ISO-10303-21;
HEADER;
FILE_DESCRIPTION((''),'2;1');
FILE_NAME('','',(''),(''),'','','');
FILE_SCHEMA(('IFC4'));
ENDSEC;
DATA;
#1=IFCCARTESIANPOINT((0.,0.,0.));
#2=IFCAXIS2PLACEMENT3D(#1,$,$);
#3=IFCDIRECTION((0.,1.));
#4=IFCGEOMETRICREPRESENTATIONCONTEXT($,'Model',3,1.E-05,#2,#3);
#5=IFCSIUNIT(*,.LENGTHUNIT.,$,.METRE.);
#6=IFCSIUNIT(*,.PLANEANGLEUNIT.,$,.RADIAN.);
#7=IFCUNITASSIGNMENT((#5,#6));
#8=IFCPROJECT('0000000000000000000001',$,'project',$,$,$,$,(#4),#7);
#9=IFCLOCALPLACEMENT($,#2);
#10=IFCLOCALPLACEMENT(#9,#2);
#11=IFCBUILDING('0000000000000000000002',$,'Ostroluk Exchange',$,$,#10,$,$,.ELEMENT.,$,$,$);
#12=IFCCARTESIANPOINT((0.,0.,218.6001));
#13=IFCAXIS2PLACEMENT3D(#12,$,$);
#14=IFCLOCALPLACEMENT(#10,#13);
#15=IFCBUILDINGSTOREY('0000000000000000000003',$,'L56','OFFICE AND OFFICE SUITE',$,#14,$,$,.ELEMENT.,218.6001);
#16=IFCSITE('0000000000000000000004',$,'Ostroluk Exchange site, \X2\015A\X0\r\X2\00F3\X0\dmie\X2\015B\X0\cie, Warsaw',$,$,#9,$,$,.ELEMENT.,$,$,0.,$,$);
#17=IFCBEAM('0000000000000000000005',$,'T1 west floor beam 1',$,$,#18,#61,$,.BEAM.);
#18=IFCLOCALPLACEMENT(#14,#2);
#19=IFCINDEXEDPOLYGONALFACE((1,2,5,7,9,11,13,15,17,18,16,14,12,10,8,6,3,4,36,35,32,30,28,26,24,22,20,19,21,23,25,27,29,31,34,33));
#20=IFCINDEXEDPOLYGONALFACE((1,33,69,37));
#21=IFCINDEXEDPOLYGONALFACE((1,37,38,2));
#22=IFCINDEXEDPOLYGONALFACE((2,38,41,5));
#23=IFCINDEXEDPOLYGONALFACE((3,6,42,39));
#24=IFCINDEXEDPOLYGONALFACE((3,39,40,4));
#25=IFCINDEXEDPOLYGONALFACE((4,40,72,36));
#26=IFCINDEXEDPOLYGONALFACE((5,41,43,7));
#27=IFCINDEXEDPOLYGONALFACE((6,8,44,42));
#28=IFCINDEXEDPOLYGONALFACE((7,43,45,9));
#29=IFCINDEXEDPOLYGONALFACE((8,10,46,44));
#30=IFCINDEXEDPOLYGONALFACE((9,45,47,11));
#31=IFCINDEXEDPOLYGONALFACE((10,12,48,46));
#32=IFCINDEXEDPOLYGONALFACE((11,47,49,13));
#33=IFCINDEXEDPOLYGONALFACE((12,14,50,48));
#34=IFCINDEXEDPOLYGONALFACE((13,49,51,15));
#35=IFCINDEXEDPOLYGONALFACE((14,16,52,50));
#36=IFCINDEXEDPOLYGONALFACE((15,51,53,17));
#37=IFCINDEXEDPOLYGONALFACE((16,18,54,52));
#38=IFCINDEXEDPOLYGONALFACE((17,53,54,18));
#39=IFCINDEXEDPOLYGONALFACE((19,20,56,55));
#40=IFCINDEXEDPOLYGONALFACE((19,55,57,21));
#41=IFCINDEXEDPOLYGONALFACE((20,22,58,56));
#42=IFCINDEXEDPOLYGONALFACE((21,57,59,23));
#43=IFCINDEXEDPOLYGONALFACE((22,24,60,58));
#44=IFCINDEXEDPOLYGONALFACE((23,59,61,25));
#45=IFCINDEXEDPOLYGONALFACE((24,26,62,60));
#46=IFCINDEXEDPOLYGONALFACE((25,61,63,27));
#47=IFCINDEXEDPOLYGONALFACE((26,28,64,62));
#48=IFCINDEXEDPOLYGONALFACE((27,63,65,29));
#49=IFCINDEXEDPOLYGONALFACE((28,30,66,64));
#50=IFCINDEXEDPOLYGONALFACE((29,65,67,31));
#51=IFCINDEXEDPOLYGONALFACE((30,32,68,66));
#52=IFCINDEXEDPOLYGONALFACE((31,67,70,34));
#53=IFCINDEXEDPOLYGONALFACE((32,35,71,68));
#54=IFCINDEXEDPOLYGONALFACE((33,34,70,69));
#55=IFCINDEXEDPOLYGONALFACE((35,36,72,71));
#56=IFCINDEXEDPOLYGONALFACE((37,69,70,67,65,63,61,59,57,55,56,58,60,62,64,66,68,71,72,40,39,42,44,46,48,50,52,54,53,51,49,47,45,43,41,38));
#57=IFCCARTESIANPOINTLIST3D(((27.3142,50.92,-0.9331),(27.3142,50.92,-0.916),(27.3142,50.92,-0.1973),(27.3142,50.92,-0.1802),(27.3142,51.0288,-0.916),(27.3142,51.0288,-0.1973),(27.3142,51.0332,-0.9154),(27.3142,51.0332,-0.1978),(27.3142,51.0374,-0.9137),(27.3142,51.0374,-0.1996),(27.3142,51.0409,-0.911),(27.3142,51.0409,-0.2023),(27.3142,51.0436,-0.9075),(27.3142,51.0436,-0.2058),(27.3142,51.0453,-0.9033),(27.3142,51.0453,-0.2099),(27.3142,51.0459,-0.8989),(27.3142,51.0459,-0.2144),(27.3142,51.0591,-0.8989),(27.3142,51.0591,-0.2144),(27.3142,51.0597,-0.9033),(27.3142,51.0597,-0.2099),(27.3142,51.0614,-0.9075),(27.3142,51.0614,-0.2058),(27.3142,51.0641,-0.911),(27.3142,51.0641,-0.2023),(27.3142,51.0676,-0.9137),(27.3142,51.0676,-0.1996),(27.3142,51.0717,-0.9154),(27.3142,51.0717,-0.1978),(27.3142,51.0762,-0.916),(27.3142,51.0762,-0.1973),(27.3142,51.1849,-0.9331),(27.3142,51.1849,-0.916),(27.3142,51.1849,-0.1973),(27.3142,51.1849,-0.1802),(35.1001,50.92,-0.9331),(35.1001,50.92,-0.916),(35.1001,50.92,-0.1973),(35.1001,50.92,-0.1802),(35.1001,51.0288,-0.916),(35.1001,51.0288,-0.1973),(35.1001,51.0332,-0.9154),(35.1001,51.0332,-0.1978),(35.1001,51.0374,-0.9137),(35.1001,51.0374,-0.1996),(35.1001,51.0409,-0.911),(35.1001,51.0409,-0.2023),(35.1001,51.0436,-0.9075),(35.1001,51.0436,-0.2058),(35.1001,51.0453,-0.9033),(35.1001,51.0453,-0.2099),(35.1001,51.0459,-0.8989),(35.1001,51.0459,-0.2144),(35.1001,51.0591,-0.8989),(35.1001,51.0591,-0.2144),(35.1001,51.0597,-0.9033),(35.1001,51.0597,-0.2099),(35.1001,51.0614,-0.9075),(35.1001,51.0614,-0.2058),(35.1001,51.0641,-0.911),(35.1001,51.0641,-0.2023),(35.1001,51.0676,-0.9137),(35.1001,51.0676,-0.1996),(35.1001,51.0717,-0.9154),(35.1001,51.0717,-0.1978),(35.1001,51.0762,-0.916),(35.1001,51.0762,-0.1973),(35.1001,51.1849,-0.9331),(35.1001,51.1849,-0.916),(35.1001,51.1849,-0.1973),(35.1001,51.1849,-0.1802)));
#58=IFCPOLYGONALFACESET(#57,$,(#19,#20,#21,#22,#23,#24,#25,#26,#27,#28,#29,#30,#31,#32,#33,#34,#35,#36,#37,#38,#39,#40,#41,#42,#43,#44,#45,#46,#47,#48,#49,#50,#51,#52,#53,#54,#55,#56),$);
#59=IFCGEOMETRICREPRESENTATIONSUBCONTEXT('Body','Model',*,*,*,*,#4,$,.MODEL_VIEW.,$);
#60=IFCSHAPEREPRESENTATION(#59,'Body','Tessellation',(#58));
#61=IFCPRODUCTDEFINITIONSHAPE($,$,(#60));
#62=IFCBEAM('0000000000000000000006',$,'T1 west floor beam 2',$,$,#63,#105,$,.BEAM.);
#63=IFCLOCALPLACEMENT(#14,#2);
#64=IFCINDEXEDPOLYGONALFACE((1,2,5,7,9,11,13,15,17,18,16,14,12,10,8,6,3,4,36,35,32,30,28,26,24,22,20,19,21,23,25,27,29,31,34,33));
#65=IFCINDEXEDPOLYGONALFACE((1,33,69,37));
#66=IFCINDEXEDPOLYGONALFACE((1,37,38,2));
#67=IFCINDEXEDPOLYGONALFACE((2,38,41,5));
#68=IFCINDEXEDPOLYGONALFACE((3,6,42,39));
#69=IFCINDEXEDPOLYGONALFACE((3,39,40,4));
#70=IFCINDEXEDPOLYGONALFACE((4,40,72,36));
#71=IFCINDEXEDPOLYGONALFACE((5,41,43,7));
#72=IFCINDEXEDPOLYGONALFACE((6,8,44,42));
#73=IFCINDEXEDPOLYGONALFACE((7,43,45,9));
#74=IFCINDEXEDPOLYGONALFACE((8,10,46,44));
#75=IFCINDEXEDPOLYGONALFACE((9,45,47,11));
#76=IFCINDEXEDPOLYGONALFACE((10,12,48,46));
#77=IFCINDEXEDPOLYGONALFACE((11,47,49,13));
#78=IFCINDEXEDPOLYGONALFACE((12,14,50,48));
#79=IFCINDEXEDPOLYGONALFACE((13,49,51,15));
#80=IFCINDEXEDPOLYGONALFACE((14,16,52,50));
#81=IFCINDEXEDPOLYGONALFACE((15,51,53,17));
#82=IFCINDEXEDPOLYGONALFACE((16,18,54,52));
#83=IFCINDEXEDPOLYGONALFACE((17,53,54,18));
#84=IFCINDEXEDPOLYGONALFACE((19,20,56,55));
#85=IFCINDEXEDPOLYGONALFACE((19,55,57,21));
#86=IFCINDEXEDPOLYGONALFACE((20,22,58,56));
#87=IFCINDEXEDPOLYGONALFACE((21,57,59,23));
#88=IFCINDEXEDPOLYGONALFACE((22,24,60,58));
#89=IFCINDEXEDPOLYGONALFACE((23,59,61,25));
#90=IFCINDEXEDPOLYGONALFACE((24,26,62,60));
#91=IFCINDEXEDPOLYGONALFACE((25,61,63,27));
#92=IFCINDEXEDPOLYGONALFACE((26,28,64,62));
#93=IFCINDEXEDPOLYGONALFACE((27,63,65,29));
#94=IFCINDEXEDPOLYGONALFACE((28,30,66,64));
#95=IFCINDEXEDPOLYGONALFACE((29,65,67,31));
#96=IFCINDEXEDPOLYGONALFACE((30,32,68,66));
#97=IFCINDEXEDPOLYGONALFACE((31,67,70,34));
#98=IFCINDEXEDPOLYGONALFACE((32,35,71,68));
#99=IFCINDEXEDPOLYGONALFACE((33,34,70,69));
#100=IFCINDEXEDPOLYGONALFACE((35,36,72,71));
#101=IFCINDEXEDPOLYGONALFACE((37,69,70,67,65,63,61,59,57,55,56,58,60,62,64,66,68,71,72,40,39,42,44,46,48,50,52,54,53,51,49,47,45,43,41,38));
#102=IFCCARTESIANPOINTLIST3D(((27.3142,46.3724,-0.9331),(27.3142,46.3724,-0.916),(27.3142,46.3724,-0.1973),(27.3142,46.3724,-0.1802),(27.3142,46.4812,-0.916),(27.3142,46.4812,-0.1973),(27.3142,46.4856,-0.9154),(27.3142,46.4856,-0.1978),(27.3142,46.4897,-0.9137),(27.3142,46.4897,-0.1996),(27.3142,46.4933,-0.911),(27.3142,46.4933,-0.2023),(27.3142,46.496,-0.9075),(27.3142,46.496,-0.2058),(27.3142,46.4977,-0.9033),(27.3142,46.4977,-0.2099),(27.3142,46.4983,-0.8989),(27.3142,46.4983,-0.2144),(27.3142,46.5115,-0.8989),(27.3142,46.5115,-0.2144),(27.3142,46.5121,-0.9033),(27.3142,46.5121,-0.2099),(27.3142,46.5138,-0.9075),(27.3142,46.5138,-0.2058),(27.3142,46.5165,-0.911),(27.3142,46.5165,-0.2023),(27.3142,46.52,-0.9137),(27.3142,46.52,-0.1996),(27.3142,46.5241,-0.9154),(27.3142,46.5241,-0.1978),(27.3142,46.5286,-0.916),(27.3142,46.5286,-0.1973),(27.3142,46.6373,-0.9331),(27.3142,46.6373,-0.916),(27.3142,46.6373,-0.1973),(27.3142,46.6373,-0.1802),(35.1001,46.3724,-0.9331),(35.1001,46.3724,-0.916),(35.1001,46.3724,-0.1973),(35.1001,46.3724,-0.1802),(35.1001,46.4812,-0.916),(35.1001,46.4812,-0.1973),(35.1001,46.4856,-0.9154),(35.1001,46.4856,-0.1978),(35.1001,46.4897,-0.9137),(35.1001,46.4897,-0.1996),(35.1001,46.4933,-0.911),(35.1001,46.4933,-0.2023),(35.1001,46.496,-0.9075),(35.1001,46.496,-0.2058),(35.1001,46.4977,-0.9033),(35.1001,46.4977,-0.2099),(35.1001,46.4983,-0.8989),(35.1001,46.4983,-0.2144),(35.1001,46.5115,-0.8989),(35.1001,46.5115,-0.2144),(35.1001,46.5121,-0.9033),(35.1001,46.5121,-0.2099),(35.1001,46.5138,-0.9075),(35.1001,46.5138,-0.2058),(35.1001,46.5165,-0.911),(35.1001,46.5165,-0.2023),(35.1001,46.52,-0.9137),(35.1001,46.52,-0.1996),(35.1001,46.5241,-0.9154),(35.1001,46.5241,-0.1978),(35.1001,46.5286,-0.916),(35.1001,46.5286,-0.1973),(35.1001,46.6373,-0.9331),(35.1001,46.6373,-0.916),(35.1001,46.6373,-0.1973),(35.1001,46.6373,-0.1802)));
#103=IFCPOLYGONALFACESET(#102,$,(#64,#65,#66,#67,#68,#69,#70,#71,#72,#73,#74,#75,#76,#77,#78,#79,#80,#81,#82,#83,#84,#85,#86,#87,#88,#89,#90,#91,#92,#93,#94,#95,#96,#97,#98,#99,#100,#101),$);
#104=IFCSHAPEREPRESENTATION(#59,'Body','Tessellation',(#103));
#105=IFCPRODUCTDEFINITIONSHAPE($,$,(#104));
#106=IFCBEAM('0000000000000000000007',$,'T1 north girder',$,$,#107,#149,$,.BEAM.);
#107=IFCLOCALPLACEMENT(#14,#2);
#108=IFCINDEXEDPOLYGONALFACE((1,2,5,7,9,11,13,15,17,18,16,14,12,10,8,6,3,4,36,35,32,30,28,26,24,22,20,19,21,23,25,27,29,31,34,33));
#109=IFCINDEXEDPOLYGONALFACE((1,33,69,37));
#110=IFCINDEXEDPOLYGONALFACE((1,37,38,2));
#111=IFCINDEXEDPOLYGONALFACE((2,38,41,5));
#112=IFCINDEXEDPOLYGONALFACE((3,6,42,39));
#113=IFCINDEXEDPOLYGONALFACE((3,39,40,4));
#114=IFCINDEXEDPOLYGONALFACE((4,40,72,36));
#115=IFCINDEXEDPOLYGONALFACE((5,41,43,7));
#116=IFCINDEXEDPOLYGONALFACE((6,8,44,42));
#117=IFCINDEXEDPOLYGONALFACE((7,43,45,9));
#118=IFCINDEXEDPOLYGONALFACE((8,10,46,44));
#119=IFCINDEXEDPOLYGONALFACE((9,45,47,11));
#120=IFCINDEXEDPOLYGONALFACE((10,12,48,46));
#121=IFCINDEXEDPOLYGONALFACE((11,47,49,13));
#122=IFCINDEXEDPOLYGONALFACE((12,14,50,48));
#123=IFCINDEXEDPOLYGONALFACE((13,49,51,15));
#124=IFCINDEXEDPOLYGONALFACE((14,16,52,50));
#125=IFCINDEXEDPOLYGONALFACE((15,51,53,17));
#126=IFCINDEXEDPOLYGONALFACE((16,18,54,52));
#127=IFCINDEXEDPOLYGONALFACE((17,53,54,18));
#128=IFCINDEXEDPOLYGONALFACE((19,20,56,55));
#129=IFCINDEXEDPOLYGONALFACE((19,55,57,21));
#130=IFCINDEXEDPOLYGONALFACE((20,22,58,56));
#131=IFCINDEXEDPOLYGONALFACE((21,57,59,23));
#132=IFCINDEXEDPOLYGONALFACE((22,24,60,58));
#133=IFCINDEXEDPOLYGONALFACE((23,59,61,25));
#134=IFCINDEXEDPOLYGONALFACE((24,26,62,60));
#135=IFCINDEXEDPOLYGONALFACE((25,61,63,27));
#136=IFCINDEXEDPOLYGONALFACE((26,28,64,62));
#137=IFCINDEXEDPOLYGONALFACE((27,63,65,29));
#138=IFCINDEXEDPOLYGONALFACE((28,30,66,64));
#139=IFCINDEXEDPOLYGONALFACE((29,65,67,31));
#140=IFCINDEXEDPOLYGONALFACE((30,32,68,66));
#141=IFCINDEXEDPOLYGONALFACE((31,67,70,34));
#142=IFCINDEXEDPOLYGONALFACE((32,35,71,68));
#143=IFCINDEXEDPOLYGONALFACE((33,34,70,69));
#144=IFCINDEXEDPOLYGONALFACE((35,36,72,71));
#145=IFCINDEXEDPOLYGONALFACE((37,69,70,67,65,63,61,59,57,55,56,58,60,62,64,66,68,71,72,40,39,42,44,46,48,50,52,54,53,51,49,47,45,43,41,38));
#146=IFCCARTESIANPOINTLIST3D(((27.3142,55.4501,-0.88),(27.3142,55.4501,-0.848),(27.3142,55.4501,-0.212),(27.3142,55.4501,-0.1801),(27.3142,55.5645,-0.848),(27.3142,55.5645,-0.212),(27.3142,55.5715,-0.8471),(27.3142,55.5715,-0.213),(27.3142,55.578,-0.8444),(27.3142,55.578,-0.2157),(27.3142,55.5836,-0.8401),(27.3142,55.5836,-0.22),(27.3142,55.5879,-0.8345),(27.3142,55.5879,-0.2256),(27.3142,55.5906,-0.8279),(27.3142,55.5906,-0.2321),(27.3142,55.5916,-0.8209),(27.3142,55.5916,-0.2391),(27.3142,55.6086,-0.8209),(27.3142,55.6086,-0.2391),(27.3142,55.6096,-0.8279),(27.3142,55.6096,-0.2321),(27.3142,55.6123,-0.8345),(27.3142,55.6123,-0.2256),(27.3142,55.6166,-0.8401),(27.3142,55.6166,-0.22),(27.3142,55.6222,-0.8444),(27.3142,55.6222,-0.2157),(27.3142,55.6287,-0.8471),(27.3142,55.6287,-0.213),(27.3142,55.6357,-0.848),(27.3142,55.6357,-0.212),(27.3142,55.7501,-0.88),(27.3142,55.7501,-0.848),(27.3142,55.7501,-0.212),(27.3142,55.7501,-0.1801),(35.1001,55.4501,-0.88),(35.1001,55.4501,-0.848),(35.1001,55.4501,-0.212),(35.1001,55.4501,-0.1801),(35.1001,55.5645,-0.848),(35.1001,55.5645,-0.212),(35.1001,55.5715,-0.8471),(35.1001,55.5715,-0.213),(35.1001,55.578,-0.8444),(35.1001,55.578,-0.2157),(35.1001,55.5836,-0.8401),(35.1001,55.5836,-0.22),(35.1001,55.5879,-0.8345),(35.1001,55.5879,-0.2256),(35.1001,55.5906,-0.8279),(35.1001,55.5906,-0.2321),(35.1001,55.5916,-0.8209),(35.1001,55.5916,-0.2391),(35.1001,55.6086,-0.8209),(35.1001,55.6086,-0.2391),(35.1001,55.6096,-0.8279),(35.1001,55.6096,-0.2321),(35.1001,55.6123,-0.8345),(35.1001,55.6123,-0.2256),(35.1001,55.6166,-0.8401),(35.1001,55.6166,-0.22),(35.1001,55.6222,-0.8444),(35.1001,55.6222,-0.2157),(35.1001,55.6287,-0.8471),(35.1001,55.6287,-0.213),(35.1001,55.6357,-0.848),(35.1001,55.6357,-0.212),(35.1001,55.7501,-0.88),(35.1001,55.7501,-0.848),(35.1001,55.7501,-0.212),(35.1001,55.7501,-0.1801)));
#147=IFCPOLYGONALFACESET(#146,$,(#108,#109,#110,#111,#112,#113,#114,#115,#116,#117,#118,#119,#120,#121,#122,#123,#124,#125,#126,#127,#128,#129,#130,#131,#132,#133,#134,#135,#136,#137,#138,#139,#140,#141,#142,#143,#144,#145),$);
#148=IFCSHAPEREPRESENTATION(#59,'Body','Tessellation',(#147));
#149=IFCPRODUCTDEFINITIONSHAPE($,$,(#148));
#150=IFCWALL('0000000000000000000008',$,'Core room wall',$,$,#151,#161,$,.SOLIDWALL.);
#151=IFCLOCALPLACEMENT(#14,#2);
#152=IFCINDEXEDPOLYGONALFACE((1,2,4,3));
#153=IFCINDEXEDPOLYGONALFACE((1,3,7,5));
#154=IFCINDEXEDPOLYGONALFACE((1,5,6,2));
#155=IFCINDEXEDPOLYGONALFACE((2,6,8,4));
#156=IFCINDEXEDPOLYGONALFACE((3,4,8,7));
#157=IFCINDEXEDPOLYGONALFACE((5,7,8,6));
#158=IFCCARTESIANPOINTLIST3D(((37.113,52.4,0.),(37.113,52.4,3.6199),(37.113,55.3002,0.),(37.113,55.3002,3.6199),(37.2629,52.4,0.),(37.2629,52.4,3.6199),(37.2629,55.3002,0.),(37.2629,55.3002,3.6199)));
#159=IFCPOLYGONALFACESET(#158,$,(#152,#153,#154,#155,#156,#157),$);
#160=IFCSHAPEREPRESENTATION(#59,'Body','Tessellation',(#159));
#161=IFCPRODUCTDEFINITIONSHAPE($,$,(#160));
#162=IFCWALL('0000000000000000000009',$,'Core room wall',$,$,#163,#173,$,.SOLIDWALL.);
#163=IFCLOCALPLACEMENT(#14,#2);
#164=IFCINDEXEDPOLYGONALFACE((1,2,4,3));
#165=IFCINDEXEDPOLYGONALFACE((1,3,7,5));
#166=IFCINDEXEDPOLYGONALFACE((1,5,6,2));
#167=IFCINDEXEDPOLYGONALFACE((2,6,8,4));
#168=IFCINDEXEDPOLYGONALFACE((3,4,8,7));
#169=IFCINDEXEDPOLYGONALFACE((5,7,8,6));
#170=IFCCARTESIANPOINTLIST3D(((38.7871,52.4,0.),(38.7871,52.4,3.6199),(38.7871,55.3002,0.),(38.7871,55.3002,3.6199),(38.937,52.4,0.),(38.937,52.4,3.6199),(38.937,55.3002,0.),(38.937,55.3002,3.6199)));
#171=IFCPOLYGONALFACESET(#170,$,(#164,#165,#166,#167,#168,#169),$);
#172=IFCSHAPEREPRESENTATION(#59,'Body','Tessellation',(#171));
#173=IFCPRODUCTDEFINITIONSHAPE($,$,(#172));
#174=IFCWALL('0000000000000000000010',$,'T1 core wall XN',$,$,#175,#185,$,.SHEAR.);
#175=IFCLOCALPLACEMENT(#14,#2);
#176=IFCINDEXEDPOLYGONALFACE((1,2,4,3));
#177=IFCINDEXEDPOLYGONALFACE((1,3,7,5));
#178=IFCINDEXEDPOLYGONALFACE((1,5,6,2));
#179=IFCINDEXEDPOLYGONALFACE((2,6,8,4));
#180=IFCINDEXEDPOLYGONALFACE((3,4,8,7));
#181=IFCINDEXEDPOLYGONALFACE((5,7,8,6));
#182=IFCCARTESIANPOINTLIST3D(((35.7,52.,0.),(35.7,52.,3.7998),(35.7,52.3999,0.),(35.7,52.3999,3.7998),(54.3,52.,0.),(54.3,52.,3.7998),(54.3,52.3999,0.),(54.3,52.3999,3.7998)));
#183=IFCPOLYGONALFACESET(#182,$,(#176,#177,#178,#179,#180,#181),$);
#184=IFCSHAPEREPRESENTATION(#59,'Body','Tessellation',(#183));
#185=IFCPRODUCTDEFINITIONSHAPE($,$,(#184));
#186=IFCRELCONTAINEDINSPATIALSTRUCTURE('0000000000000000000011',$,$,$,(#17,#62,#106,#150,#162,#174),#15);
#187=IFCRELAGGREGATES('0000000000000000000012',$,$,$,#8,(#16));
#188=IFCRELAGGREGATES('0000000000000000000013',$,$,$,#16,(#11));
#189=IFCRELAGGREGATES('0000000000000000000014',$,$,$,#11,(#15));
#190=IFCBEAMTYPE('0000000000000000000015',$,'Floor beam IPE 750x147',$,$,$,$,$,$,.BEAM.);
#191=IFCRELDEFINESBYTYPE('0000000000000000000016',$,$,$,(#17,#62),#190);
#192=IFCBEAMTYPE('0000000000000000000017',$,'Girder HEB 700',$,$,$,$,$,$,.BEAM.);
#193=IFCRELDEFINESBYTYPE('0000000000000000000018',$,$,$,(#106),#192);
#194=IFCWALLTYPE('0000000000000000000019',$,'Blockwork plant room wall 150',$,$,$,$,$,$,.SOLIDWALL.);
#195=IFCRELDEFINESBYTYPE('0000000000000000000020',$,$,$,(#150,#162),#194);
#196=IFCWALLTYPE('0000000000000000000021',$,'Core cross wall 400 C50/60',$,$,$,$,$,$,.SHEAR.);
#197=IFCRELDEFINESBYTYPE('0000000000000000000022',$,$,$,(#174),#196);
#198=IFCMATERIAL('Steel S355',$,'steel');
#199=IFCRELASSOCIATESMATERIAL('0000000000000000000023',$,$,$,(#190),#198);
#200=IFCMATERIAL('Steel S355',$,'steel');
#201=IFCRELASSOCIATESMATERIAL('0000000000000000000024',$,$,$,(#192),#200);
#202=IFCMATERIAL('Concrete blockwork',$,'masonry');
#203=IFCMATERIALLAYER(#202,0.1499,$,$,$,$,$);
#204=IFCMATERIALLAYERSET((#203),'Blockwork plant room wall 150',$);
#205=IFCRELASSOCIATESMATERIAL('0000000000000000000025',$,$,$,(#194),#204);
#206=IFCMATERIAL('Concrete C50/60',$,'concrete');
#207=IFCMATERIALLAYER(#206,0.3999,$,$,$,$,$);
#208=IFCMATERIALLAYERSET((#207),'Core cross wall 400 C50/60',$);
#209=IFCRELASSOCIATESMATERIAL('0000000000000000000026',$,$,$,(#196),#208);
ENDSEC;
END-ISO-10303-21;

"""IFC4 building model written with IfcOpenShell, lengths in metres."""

from ifc_helpers import new_model, si_unit, direction, frame, frame_2d, origin, origin_2d, place, context, subcontext, project, spatial, rectangle, i_section, extrude, material, layer, layer_set, material_profile, profile_set, type_object, element, save


model = new_model("IFC4")

# Units and contexts
model_context = context("Model", 3, precision=1e-05, world=origin(), true_north=direction((0.0, 1.0)))
body_context = subcontext(model_context, "Body", "Model", "MODEL_VIEW")
ifc_project = project(units=[si_unit("LENGTHUNIT", "METRE"), si_unit("PLANEANGLEUNIT", "RADIAN")], contexts=[model_context])

# Site, building, storey
site_placement = place(None, origin())
site = spatial("IfcSite", under=ifc_project, at=site_placement, Name="Ostroluk Exchange site, Śródmieście, Warsaw", CompositionType="ELEMENT", RefElevation=0.0)
building_placement = place(site_placement, origin())
building = spatial("IfcBuilding", under=site, at=building_placement, Name="Ostroluk Exchange", CompositionType="ELEMENT")
storey_placement = place(building_placement, frame((0.0, 0.0, 218.6001)))
storey = spatial("IfcBuildingStorey", under=building, at=storey_placement, Name="L56", Description="OFFICE AND OFFICE SUITE", CompositionType="ELEMENT", Elevation=218.6001)

# Beams
ifc_material_1 = material(Name="Steel S355", Category="steel")
ifc_material_profile_1 = material_profile(ifc_material_1, i_section(OverallWidth=0.2649, OverallDepth=0.7529, WebThickness=0.0132, FlangeThickness=0.0171, FilletRadius=0.0171, at=origin_2d()), Name="IPE 750x147")
ifc_profile_set_1 = profile_set([ifc_material_profile_1], Name="Steel S355")
beam_type_1 = type_object("IfcBeamType", Name="Floor beam IPE 750x147", PredefinedType="BEAM", material=ifc_profile_set_1)
for number, where, z_axis, x_axis, name in (
    (1, (35.1001, 51.0525, -0.5566), (-1.0, 0.0, 0.0), (0.0, -1.0, 0.0), "T1 west floor beam 1"),
    (2, (35.1001, 46.5049, -0.5566), (-1.0, 0.0, 0.0), (0.0, -1.0, 0.0), "T1 west floor beam 2"),
):
    element("IfcBeam", number, at=place(storey_placement, frame(where, z_axis=z_axis, x_axis=x_axis)), inside=storey, type_object=beam_type_1, Name=name, PredefinedType="BEAM", context=body_context, shape_type="SweptSolid", body=[
        extrude(i_section(OverallWidth=0.2649, OverallDepth=0.7529, WebThickness=0.0132, FlangeThickness=0.0171, FilletRadius=0.0171, at=origin_2d()), origin(), (0.0, 0.0, 1.0), 7.7859),
    ])
ifc_material_2 = material(Name="Steel S355", Category="steel")
ifc_material_profile_2 = material_profile(ifc_material_2, i_section(OverallWidth=0.3, OverallDepth=0.7, WebThickness=0.0171, FlangeThickness=0.032, FilletRadius=0.0271, at=origin_2d()), Name="HEB 700")
ifc_profile_set_2 = profile_set([ifc_material_profile_2], Name="Steel S355")
beam_type_2 = type_object("IfcBeamType", Name="Girder HEB 700", PredefinedType="BEAM", material=ifc_profile_set_2)
beam_placement = place(storey_placement, frame((35.1001, 55.6001, -0.53), z_axis=(-1.0, 0.0, 0.0), x_axis=(0.0, -1.0, 0.0)))
element("IfcBeam", 3, at=beam_placement, inside=storey, type_object=beam_type_2, Name="T1 north girder", PredefinedType="BEAM", context=body_context, shape_type="SweptSolid", body=[
    extrude(i_section(OverallWidth=0.3, OverallDepth=0.7, WebThickness=0.0171, FlangeThickness=0.032, FilletRadius=0.0271, at=origin_2d()), origin(), (0.0, 0.0, 1.0), 7.7859),
])

# Walls
ifc_material_3 = material(Name="Concrete blockwork", Category="masonry")
ifc_layer_1 = layer(ifc_material_3, 0.1499)
ifc_layer_set_1 = layer_set([ifc_layer_1], Name="Blockwork plant room wall 150")
wall_type_1 = type_object("IfcWallType", Name="Blockwork plant room wall 150", PredefinedType="SOLIDWALL", material=ifc_layer_set_1)
for number, where, z_axis, x_axis, name in (
    (4, (37.188, 52.3999, 0.0), (0.0, 0.0, 1.0), (0.0, 1.0, 0.0), "Core room wall"),
    (5, (38.8621, 52.3999, 0.0), (0.0, 0.0, 1.0), (0.0, 1.0, 0.0), "Core room wall"),
):
    element("IfcWall", number, at=place(storey_placement, frame(where, z_axis=z_axis, x_axis=x_axis)), inside=storey, type_object=wall_type_1, Name=name, PredefinedType="SOLIDWALL", context=body_context, shape_type="SweptSolid", body=[
        extrude(rectangle(XDim=2.9001, YDim=0.1499, at=frame_2d((1.4502, 0.0))), origin(), (0.0, 0.0, 1.0), 3.6199),
    ])
ifc_material_4 = material(Name="Concrete C50/60", Category="concrete")
ifc_layer_2 = layer(ifc_material_4, 0.3999)
ifc_layer_set_2 = layer_set([ifc_layer_2], Name="Core cross wall 400 C50/60")
wall_type_2 = type_object("IfcWallType", Name="Core cross wall 400 C50/60", PredefinedType="SHEAR", material=ifc_layer_set_2)
wall_1_placement = place(storey_placement, frame((35.7, 52.2, 0.0), z_axis=(0.0, 0.0, 1.0), x_axis=(1.0, 0.0, 0.0)))
element("IfcWall", 6, at=wall_1_placement, inside=storey, type_object=wall_type_2, Name="T1 core wall XN", PredefinedType="SHEAR", context=body_context, shape_type="SweptSolid", body=[
    extrude(rectangle(XDim=18.6001, YDim=0.3999, at=frame_2d((9.3, 0.0))), origin(), (0.0, 0.0, 1.0), 3.7998),
])

save(model, "model.ifc")
